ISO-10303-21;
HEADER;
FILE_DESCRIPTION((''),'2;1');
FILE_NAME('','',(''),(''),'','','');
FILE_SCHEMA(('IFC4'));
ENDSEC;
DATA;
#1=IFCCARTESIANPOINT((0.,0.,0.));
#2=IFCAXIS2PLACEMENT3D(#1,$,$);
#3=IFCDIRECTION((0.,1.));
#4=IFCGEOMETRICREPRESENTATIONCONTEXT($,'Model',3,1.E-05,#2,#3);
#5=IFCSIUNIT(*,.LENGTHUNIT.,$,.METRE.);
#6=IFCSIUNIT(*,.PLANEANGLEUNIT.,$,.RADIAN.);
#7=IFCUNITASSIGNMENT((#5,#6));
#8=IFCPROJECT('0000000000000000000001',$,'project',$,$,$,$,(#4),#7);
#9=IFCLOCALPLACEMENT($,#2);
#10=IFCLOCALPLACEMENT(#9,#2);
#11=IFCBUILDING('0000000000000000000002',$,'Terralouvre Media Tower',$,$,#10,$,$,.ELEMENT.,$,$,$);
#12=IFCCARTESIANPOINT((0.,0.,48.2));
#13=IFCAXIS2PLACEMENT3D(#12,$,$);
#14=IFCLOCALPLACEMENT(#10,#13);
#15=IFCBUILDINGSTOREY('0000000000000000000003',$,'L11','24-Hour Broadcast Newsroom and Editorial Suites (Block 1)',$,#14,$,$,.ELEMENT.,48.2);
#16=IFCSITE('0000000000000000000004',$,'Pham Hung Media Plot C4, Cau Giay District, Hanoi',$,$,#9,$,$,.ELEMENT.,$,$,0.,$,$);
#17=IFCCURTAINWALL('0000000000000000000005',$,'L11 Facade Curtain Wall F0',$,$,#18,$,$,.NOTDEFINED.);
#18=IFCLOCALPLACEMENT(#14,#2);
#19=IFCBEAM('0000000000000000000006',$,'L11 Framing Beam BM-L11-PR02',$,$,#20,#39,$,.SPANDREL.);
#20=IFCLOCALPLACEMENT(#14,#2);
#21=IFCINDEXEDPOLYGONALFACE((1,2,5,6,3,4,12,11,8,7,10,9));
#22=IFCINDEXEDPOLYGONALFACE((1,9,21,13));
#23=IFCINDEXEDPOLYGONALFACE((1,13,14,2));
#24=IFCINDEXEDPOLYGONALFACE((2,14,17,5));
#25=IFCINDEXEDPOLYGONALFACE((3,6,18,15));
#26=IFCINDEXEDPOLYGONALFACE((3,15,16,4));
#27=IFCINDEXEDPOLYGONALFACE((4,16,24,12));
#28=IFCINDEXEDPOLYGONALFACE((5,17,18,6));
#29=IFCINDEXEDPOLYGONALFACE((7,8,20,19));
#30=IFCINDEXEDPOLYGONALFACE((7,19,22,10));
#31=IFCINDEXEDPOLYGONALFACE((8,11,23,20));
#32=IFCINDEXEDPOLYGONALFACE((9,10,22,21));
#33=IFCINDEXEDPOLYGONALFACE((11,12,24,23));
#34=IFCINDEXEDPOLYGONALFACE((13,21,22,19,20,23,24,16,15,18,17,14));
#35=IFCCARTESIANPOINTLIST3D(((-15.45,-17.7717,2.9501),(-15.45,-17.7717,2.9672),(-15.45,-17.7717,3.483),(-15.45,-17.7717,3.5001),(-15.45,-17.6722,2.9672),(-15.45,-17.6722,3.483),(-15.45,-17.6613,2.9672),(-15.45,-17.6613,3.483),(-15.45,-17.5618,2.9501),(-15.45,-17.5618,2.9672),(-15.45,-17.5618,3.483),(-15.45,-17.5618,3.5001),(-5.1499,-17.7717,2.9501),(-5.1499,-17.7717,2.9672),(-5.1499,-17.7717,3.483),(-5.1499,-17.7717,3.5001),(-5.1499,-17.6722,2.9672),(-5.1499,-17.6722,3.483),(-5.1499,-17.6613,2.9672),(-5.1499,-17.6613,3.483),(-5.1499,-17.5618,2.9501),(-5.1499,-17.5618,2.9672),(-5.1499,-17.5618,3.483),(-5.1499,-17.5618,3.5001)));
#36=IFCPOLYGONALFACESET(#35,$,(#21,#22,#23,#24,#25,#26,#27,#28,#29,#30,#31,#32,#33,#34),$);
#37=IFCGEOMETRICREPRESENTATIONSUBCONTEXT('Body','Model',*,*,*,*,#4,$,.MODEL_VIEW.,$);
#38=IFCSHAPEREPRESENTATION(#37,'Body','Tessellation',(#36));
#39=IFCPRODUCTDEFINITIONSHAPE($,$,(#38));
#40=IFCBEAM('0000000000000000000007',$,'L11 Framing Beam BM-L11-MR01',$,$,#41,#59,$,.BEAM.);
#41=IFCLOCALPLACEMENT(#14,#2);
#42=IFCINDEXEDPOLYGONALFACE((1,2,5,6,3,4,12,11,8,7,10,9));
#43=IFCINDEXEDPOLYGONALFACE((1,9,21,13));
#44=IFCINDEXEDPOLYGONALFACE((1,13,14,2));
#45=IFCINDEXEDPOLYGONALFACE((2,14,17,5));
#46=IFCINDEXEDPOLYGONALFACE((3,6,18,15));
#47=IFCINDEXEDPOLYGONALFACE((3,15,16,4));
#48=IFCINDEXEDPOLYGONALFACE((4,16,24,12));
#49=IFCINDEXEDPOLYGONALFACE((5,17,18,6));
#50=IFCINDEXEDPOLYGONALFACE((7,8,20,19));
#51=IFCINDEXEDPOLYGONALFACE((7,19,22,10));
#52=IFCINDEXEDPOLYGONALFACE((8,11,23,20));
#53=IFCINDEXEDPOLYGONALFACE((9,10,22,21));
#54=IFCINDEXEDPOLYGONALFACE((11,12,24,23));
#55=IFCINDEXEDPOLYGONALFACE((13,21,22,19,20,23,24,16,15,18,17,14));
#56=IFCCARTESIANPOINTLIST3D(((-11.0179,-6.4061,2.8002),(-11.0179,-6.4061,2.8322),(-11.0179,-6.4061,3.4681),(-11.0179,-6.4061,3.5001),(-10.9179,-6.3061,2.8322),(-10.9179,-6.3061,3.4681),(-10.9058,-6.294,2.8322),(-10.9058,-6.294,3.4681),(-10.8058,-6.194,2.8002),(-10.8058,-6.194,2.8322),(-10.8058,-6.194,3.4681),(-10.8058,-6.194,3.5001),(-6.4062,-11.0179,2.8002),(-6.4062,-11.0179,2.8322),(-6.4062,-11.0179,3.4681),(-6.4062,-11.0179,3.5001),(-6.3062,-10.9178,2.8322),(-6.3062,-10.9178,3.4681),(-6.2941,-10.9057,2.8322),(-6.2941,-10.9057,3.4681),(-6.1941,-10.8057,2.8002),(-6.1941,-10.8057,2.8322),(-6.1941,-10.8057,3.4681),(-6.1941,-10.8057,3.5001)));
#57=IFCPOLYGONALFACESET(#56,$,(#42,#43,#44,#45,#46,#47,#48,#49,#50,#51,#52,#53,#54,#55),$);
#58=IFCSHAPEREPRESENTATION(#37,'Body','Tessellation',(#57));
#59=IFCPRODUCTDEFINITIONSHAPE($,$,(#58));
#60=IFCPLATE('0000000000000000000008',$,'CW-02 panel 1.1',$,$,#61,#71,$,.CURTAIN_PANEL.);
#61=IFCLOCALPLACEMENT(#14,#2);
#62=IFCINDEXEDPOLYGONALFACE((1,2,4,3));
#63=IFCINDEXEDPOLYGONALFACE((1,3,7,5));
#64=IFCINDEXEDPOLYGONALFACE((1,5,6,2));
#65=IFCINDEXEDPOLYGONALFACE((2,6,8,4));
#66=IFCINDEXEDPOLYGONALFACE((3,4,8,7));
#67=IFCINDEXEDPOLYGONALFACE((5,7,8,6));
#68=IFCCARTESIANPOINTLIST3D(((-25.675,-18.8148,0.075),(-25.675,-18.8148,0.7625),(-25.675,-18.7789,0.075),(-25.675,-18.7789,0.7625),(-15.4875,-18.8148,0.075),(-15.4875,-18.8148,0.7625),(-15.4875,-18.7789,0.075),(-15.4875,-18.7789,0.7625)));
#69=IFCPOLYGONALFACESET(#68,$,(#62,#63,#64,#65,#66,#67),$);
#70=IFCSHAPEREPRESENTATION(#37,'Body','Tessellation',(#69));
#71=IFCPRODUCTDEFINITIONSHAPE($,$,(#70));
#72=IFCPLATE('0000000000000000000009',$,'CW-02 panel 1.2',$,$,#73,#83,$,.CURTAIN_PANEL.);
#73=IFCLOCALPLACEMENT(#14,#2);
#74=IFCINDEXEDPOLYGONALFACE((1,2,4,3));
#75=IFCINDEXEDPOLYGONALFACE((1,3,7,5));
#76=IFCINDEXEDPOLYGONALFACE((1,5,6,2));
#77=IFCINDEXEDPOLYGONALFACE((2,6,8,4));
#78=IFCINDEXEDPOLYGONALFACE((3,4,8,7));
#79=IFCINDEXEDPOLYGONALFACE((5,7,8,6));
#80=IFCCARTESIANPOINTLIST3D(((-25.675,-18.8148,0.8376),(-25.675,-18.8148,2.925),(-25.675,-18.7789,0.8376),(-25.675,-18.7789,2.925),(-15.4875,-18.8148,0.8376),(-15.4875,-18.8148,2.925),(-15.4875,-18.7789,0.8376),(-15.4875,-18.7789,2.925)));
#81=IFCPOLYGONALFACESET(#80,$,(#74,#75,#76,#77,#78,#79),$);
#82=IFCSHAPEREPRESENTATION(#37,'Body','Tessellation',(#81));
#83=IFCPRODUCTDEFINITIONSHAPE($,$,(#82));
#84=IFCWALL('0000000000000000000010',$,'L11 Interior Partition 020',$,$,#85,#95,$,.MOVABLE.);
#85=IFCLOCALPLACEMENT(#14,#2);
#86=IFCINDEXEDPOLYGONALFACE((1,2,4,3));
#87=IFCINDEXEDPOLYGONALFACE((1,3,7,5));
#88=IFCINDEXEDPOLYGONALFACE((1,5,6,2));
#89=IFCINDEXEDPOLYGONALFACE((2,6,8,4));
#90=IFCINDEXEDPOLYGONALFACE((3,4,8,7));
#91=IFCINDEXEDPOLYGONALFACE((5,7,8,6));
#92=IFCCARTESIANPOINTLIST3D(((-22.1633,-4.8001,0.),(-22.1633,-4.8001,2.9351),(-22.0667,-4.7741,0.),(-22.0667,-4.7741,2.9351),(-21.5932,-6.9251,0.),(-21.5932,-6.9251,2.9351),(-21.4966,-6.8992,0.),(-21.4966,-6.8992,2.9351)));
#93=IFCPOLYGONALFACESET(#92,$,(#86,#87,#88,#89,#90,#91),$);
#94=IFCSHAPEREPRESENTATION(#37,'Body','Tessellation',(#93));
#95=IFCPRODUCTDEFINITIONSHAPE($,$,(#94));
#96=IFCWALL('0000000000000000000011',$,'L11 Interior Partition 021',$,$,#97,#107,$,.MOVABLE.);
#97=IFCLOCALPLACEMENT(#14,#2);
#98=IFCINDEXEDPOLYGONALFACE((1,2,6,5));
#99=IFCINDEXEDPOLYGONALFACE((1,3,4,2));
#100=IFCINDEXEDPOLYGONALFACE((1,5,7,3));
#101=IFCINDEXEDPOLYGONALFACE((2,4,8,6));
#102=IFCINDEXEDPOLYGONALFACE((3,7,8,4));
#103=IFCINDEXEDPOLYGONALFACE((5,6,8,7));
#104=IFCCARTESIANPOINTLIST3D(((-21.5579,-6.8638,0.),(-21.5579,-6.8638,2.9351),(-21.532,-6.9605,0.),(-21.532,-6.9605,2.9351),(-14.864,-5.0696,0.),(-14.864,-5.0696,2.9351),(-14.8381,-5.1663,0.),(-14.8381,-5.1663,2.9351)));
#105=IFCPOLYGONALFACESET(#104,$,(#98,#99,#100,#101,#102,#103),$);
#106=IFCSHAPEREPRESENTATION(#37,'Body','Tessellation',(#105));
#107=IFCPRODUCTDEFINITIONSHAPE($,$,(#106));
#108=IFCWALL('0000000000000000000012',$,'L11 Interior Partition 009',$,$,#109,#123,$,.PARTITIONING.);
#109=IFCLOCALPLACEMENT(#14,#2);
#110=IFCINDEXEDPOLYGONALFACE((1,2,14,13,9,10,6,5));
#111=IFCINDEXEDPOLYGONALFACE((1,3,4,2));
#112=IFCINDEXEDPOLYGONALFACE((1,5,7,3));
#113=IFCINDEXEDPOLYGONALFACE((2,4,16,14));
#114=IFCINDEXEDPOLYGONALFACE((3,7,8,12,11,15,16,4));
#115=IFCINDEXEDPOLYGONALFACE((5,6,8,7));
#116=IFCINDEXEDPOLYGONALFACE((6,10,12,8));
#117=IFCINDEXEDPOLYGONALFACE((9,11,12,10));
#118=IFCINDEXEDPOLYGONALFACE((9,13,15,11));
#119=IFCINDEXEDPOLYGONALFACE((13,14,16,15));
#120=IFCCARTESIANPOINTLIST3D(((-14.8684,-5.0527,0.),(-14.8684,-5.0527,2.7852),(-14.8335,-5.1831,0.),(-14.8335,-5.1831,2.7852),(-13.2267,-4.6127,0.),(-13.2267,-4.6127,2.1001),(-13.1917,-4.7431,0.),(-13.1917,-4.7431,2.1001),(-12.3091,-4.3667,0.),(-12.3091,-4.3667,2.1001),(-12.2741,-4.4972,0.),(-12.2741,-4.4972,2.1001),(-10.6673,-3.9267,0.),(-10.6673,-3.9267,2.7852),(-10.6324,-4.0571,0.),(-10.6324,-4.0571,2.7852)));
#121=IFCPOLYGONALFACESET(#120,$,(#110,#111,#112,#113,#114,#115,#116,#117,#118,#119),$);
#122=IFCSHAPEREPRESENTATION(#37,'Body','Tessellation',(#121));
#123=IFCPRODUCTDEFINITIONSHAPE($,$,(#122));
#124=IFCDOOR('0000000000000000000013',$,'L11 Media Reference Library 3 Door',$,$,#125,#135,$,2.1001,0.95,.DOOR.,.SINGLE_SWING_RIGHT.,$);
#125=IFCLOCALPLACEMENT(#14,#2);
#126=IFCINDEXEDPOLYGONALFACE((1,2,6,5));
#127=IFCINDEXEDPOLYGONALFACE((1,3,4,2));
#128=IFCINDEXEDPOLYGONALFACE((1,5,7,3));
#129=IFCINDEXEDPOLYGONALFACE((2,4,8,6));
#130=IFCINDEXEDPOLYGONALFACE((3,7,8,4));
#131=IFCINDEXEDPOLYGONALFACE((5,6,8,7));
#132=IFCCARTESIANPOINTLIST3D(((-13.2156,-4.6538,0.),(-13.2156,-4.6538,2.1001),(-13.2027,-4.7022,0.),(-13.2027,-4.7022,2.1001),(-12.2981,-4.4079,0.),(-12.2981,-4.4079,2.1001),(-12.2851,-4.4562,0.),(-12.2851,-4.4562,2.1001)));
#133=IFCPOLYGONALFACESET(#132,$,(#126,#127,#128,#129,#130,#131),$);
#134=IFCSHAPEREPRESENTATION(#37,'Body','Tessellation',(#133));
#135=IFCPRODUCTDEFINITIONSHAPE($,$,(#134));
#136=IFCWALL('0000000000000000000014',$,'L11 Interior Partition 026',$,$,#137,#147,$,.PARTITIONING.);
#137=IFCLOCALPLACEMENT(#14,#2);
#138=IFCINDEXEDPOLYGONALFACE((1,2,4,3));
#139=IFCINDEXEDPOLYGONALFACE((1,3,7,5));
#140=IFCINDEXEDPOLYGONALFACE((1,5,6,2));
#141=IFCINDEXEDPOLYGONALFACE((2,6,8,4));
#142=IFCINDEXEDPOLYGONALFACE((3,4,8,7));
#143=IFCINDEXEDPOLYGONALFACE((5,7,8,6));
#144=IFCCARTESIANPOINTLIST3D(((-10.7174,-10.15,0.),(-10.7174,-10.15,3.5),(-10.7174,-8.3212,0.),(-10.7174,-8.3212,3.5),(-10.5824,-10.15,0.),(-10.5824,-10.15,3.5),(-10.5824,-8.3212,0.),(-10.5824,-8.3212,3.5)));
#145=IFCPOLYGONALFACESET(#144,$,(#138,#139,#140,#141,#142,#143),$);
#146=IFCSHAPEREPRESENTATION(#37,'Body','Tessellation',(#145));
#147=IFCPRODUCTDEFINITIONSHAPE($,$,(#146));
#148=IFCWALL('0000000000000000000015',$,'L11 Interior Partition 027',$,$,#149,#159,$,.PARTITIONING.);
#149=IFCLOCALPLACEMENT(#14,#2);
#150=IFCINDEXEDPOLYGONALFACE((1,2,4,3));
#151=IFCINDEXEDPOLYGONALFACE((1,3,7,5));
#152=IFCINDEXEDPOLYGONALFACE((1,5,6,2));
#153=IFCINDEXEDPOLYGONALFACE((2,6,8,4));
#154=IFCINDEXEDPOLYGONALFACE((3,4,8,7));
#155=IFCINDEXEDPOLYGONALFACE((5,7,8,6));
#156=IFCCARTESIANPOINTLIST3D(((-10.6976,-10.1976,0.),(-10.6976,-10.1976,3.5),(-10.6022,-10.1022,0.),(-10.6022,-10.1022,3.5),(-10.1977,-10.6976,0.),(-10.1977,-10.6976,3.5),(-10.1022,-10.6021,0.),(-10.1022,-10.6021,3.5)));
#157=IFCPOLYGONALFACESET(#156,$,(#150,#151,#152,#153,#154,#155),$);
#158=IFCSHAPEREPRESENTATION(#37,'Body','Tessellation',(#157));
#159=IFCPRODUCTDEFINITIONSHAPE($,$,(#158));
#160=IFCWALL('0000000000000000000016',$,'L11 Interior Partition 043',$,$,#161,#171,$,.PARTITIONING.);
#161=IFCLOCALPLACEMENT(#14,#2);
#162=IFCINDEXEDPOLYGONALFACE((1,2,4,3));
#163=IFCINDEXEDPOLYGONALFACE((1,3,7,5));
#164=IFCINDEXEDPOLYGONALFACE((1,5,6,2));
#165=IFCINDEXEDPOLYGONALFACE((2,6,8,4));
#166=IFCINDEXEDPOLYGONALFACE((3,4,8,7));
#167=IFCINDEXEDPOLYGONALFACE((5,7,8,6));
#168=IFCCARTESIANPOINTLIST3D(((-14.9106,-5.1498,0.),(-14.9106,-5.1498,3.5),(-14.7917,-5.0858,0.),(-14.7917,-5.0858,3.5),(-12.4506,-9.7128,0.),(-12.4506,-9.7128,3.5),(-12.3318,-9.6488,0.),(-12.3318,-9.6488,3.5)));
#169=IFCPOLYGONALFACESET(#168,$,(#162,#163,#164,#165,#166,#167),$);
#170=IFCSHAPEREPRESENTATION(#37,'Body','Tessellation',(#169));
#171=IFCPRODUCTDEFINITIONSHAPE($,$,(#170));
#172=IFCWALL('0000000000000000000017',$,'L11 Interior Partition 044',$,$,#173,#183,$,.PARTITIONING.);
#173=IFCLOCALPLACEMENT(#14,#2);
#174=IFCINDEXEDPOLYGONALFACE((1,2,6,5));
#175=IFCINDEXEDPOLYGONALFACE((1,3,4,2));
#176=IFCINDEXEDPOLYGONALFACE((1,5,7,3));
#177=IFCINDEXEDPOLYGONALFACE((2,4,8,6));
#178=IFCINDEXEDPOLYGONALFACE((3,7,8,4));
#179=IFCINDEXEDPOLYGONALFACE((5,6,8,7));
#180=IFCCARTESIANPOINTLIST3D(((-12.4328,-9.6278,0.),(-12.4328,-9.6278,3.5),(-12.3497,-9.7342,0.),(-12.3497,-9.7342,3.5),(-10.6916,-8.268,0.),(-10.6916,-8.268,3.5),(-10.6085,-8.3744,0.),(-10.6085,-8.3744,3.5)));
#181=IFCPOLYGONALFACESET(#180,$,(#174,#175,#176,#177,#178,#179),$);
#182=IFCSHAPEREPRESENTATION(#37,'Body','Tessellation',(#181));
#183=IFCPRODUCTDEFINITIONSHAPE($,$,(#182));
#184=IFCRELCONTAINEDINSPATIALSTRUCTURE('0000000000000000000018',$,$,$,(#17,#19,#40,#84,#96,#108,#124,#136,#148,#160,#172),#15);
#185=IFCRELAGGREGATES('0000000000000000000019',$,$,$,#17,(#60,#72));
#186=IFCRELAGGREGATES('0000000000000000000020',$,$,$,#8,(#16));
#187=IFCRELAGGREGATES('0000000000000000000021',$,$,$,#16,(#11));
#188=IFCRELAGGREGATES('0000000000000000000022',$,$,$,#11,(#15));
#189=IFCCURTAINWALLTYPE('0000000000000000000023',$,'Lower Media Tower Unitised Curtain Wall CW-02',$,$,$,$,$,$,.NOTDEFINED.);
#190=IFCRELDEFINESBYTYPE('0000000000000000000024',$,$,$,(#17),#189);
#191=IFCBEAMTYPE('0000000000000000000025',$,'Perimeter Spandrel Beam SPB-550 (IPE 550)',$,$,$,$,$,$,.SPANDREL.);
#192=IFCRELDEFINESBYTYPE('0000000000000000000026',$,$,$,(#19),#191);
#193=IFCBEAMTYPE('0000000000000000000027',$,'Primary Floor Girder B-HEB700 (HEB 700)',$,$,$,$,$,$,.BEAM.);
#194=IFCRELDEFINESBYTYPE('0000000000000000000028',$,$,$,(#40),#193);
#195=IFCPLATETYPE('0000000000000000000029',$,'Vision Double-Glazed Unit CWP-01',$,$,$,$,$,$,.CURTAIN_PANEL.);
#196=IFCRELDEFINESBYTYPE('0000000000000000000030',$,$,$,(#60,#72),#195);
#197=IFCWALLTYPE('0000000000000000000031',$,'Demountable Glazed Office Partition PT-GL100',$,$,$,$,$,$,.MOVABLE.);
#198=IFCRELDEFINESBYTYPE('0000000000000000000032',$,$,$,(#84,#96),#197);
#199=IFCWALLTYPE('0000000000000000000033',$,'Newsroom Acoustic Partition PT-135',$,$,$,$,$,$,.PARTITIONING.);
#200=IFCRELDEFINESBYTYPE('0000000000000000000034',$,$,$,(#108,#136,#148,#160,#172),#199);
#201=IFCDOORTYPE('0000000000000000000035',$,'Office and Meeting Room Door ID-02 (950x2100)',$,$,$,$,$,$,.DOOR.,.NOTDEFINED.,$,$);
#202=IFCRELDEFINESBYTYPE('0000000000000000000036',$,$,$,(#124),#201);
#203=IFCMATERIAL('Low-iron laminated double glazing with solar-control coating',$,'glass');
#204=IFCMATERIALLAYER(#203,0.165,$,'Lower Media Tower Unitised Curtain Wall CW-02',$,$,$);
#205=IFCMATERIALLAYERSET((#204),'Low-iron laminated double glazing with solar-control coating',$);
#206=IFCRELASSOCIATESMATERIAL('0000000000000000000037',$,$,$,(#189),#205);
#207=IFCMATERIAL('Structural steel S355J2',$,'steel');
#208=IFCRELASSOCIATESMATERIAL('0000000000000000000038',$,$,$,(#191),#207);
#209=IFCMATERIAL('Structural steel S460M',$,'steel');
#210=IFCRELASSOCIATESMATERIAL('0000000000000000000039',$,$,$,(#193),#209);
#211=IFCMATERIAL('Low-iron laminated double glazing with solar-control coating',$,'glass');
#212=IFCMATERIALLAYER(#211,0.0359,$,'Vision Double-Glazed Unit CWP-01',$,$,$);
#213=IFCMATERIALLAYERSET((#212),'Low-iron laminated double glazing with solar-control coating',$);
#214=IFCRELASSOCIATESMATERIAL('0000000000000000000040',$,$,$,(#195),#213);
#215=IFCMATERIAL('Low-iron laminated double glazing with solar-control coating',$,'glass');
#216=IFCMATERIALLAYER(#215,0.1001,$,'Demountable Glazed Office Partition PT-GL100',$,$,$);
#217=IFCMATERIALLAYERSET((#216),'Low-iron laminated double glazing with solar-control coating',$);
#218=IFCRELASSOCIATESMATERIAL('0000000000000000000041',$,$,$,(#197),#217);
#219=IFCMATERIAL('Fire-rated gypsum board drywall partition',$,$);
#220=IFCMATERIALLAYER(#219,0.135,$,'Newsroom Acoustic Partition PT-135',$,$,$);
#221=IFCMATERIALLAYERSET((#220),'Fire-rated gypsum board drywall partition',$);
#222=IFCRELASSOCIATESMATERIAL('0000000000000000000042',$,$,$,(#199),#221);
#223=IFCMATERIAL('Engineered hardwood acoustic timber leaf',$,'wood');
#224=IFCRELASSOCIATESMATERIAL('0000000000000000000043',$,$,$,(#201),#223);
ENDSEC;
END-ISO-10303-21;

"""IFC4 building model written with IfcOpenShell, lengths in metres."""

from ifc_helpers import new_model, si_unit, direction, frame, frame_2d, origin, origin_2d, place, context, subcontext, project, spatial, rectangle, i_section, extrude, material, layer, layer_set, material_profile, profile_set, type_object, element, fill, aggregate, save


model = new_model("IFC4")

# Units and contexts
model_context = context("Model", 3, precision=1e-05, world=origin(), true_north=direction((0.0, 1.0)))
body_context = subcontext(model_context, "Body", "Model", "MODEL_VIEW")
ifc_project = project(units=[si_unit("LENGTHUNIT", "METRE"), si_unit("PLANEANGLEUNIT", "RADIAN")], contexts=[model_context])

# Site, building, storey
site_placement = place(None, origin())
site = spatial("IfcSite", under=ifc_project, at=site_placement, Name="Pham Hung Media Plot C4, Cau Giay District, Hanoi", CompositionType="ELEMENT", RefElevation=0.0)
building_placement = place(site_placement, origin())
building = spatial("IfcBuilding", under=site, at=building_placement, Name="Terralouvre Media Tower", CompositionType="ELEMENT")
storey_placement = place(building_placement, frame((0.0, 0.0, 48.2)))
storey = spatial("IfcBuildingStorey", under=building, at=storey_placement, Name="L11", Description="24-Hour Broadcast Newsroom and Editorial Suites (Block 1)", CompositionType="ELEMENT", Elevation=48.2)

# Curtain wall
ifc_material_1 = material(Name="Low-iron laminated double glazing with solar-control coating", Category="glass")
ifc_layer_1 = layer(ifc_material_1, 0.165, Name="Lower Media Tower Unitised Curtain Wall CW-02")
ifc_layer_set_1 = layer_set([ifc_layer_1], Name="Low-iron laminated double glazing with solar-control coating")
curtain_wall_type = type_object("IfcCurtainWallType", Name="Lower Media Tower Unitised Curtain Wall CW-02", PredefinedType="NOTDEFINED", material=ifc_layer_set_1)
curtain_wall_1_placement = place(storey_placement, origin())
curtain_wall_1 = element("IfcCurtainWall", 1, at=curtain_wall_1_placement, inside=storey, type_object=curtain_wall_type, Name="L11 Facade Curtain Wall F0", PredefinedType="NOTDEFINED")

# Beams
ifc_material_2 = material(Name="Structural steel S355J2", Category="steel")
ifc_material_profile_1 = material_profile(ifc_material_2, i_section(OverallWidth=0.21, OverallDepth=0.55, WebThickness=0.011, FlangeThickness=0.0171, at=origin_2d()), Name="IPE 550")
ifc_profile_set_1 = profile_set([ifc_material_profile_1], Name="Structural steel S355J2")
beam_type_1 = type_object("IfcBeamType", Name="Perimeter Spandrel Beam SPB-550 (IPE 550)", PredefinedType="SPANDREL", material=ifc_profile_set_1)
beam_1_placement = place(storey_placement, frame((-15.45, -17.6667, 3.2251), z_axis=(1.0, 0.0, 0.0), x_axis=(0.0, 1.0, 0.0)))
element("IfcBeam", 2, at=beam_1_placement, inside=storey, type_object=beam_type_1, Name="L11 Framing Beam BM-L11-PR02", PredefinedType="SPANDREL", context=body_context, shape_type="SweptSolid", body=[
    extrude(i_section(OverallWidth=0.21, OverallDepth=0.55, WebThickness=0.011, FlangeThickness=0.0171, at=origin_2d()), origin(), (0.0, 0.0, 1.0), 10.3),
])
ifc_material_3 = material(Name="Structural steel S460M", Category="steel")
ifc_material_profile_2 = material_profile(ifc_material_3, i_section(OverallWidth=0.3, OverallDepth=0.7, WebThickness=0.0171, FlangeThickness=0.032, at=origin_2d()), Name="HEB 700")
ifc_profile_set_2 = profile_set([ifc_material_profile_2], Name="Structural steel S460M")
beam_type_2 = type_object("IfcBeamType", Name="Primary Floor Girder B-HEB700 (HEB 700)", PredefinedType="BEAM", material=ifc_profile_set_2)
beam_2_placement = place(storey_placement, frame((-10.9119, -6.3, 3.1501), z_axis=(0.707107, -0.707107, 0.0), x_axis=(0.707107, 0.707107, 0.0)))
element("IfcBeam", 3, at=beam_2_placement, inside=storey, type_object=beam_type_2, Name="L11 Framing Beam BM-L11-MR01", PredefinedType="BEAM", context=body_context, shape_type="SweptSolid", body=[
    extrude(i_section(OverallWidth=0.3, OverallDepth=0.7, WebThickness=0.0171, FlangeThickness=0.032, at=origin_2d()), origin(), (0.0, 0.0, 1.0), 6.522),
])

# Plates
ifc_material_4 = material(Name="Low-iron laminated double glazing with solar-control coating", Category="glass")
ifc_layer_2 = layer(ifc_material_4, 0.0359, Name="Vision Double-Glazed Unit CWP-01")
ifc_layer_set_2 = layer_set([ifc_layer_2], Name="Low-iron laminated double glazing with solar-control coating")
plate_type = type_object("IfcPlateType", Name="Vision Double-Glazed Unit CWP-01", PredefinedType="CURTAIN_PANEL", material=ifc_layer_set_2)
plate_1_placement = place(storey_placement, frame((-20.5813, -18.7969, 0.075), z_axis=(0.0, 0.0, 1.0), x_axis=(1.0, 0.0, 0.0)))
plate_1 = element("IfcPlate", 4, at=plate_1_placement, type_object=plate_type, Name="CW-02 panel 1.1", PredefinedType="CURTAIN_PANEL", context=body_context, shape_type="SweptSolid", body=[
    extrude(rectangle(XDim=10.1875, YDim=0.0359, at=origin_2d()), origin(), (0.0, 0.0, 1.0), 0.6875),
])
plate_2_placement = place(storey_placement, frame((-20.5813, -18.7969, 0.8376), z_axis=(0.0, 0.0, 1.0), x_axis=(1.0, 0.0, 0.0)))
plate_2 = element("IfcPlate", 5, at=plate_2_placement, type_object=plate_type, Name="CW-02 panel 1.2", PredefinedType="CURTAIN_PANEL", context=body_context, shape_type="SweptSolid", body=[
    extrude(rectangle(XDim=10.1875, YDim=0.0359, at=origin_2d()), origin(), (0.0, 0.0, 1.0), 2.0874),
])
aggregate(curtain_wall_1, [plate_1, plate_2])

# Walls
ifc_material_5 = material(Name="Low-iron laminated double glazing with solar-control coating", Category="glass")
ifc_layer_3 = layer(ifc_material_5, 0.1001, Name="Demountable Glazed Office Partition PT-GL100")
ifc_layer_set_3 = layer_set([ifc_layer_3], Name="Low-iron laminated double glazing with solar-control coating")
wall_type_1 = type_object("IfcWallType", Name="Demountable Glazed Office Partition PT-GL100", PredefinedType="MOVABLE", material=ifc_layer_set_3)
wall_1_placement = place(storey_placement, frame((-22.115, -4.7871, 0.0), z_axis=(0.0, 0.0, 1.0), x_axis=(0.259106, -0.965849, 0.0)))
element("IfcWall", 6, at=wall_1_placement, inside=storey, type_object=wall_type_1, Name="L11 Interior Partition 020", PredefinedType="MOVABLE", context=body_context, shape_type="SweptSolid", body=[
    extrude(rectangle(XDim=2.2002, YDim=0.1001, at=frame_2d((1.1001, 0.0))), origin(), (0.0, 0.0, 1.0), 2.9351),
])
wall_2_placement = place(storey_placement, frame((-21.5449, -6.9121, 0.0), z_axis=(0.0, 0.0, 1.0), x_axis=(0.965905, 0.258897, 0.0)))
element("IfcWall", 7, at=wall_2_placement, inside=storey, type_object=wall_type_1, Name="L11 Interior Partition 021", PredefinedType="MOVABLE", context=body_context, shape_type="SweptSolid", body=[
    extrude(rectangle(XDim=6.9302, YDim=0.1001, at=frame_2d((3.4651, 0.0))), origin(), (0.0, 0.0, 1.0), 2.9351),
])

# Wall, opening, door
ifc_material_6 = material(Name="Fire-rated gypsum board drywall partition")
ifc_layer_4 = layer(ifc_material_6, 0.135, Name="Newsroom Acoustic Partition PT-135")
ifc_layer_set_4 = layer_set([ifc_layer_4], Name="Fire-rated gypsum board drywall partition")
wall_type_2 = type_object("IfcWallType", Name="Newsroom Acoustic Partition PT-135", PredefinedType="PARTITIONING", material=ifc_layer_set_4)
wall_3_placement = place(storey_placement, frame((-14.8511, -5.1179, 0.0), z_axis=(0.0, 0.0, 1.0), x_axis=(0.96591, 0.258878, 0.0)))
wall_3 = element("IfcWall", 8, at=wall_3_placement, inside=storey, type_object=wall_type_2, Name="L11 Interior Partition 009", PredefinedType="PARTITIONING", context=body_context, shape_type="SweptSolid", body=[
    extrude(rectangle(XDim=4.3494, YDim=0.135, at=frame_2d((2.1748, 0.0))), origin(), (0.0, 0.0, 1.0), 2.7852),
])
opening_placement = place(wall_3_placement, frame((1.6997, 0.0, 0.0)))
opening = element("IfcOpeningElement", 9, at=opening_placement, cuts=wall_3, PredefinedType="OPENING", context=body_context, shape_type="SweptSolid", body=[
    extrude(rectangle(XDim=0.95, YDim=2.1001, at=frame_2d((0.4751, 1.05))), frame((0.0, 0.0774, 0.0), z_axis=(0.0, -1.0, 0.0), x_axis=(1.0, 0.0, 0.0)), (0.0, 0.0, 1.0), 0.155),
])
ifc_material_7 = material(Name="Engineered hardwood acoustic timber leaf", Category="wood")
door_type = type_object("IfcDoorType", Name="Office and Meeting Room Door ID-02 (950x2100)", OperationType="NOTDEFINED", PredefinedType="DOOR", material=ifc_material_7)
door_placement = place(opening_placement, origin())
door = element("IfcDoor", 10, at=door_placement, inside=storey, type_object=door_type, Name="L11 Media Reference Library 3 Door", OperationType="SINGLE_SWING_RIGHT", OverallHeight=2.1001, OverallWidth=0.95, PredefinedType="DOOR", context=body_context, shape_type="SweptSolid", body=[
    extrude(rectangle(XDim=0.95, YDim=2.1001, at=frame_2d((0.4751, 1.05))), frame((0.0, 0.0249, 0.0), z_axis=(0.0, -1.0, 0.0), x_axis=(1.0, 0.0, 0.0)), (0.0, 0.0, 1.0), 0.05),
])
fill(opening, door)

# Walls
wall_4_placement = place(storey_placement, frame((-10.6499, -8.321, 0.0), z_axis=(0.0, 0.0, 1.0), x_axis=(0.0, -1.0, 0.0)))
element("IfcWall", 11, at=wall_4_placement, inside=storey, type_object=wall_type_2, Name="L11 Interior Partition 026", PredefinedType="PARTITIONING", context=body_context, shape_type="SweptSolid", body=[
    extrude(rectangle(XDim=1.8289, YDim=0.135, at=frame_2d((0.9146, 0.0))), origin(), (0.0, 0.0, 1.0), 3.5),
])
wall_5_placement = place(storey_placement, frame((-10.6499, -10.1499, 0.0), z_axis=(0.0, 0.0, 1.0), x_axis=(0.707107, -0.707107, 0.0)))
element("IfcWall", 12, at=wall_5_placement, inside=storey, type_object=wall_type_2, Name="L11 Interior Partition 027", PredefinedType="PARTITIONING", context=body_context, shape_type="SweptSolid", body=[
    extrude(rectangle(XDim=0.707, YDim=0.135, at=frame_2d((0.3535, 0.0))), origin(), (0.0, 0.0, 1.0), 3.5),
])
wall_6_placement = place(storey_placement, frame((-14.8511, -5.1179, 0.0), z_axis=(0.0, 0.0, 1.0), x_axis=(0.474544, -0.880232, 0.0)))
element("IfcWall", 13, at=wall_6_placement, inside=storey, type_object=wall_type_2, Name="L11 Interior Partition 043", PredefinedType="PARTITIONING", context=body_context, shape_type="SweptSolid", body=[
    extrude(rectangle(XDim=5.1838, YDim=0.135, at=frame_2d((2.5918, 0.0))), origin(), (0.0, 0.0, 1.0), 3.5),
])
wall_7_placement = place(storey_placement, frame((-12.3911, -9.6809, 0.0), z_axis=(0.0, 0.0, 1.0), x_axis=(0.788125, 0.615515, 0.0)))
element("IfcWall", 14, at=wall_7_placement, inside=storey, type_object=wall_type_2, Name="L11 Interior Partition 044", PredefinedType="PARTITIONING", context=body_context, shape_type="SweptSolid", body=[
    extrude(rectangle(XDim=2.2092, YDim=0.135, at=frame_2d((1.1045, 0.0))), origin(), (0.0, 0.0, 1.0), 3.5),
])

save(model, "model.ifc")
